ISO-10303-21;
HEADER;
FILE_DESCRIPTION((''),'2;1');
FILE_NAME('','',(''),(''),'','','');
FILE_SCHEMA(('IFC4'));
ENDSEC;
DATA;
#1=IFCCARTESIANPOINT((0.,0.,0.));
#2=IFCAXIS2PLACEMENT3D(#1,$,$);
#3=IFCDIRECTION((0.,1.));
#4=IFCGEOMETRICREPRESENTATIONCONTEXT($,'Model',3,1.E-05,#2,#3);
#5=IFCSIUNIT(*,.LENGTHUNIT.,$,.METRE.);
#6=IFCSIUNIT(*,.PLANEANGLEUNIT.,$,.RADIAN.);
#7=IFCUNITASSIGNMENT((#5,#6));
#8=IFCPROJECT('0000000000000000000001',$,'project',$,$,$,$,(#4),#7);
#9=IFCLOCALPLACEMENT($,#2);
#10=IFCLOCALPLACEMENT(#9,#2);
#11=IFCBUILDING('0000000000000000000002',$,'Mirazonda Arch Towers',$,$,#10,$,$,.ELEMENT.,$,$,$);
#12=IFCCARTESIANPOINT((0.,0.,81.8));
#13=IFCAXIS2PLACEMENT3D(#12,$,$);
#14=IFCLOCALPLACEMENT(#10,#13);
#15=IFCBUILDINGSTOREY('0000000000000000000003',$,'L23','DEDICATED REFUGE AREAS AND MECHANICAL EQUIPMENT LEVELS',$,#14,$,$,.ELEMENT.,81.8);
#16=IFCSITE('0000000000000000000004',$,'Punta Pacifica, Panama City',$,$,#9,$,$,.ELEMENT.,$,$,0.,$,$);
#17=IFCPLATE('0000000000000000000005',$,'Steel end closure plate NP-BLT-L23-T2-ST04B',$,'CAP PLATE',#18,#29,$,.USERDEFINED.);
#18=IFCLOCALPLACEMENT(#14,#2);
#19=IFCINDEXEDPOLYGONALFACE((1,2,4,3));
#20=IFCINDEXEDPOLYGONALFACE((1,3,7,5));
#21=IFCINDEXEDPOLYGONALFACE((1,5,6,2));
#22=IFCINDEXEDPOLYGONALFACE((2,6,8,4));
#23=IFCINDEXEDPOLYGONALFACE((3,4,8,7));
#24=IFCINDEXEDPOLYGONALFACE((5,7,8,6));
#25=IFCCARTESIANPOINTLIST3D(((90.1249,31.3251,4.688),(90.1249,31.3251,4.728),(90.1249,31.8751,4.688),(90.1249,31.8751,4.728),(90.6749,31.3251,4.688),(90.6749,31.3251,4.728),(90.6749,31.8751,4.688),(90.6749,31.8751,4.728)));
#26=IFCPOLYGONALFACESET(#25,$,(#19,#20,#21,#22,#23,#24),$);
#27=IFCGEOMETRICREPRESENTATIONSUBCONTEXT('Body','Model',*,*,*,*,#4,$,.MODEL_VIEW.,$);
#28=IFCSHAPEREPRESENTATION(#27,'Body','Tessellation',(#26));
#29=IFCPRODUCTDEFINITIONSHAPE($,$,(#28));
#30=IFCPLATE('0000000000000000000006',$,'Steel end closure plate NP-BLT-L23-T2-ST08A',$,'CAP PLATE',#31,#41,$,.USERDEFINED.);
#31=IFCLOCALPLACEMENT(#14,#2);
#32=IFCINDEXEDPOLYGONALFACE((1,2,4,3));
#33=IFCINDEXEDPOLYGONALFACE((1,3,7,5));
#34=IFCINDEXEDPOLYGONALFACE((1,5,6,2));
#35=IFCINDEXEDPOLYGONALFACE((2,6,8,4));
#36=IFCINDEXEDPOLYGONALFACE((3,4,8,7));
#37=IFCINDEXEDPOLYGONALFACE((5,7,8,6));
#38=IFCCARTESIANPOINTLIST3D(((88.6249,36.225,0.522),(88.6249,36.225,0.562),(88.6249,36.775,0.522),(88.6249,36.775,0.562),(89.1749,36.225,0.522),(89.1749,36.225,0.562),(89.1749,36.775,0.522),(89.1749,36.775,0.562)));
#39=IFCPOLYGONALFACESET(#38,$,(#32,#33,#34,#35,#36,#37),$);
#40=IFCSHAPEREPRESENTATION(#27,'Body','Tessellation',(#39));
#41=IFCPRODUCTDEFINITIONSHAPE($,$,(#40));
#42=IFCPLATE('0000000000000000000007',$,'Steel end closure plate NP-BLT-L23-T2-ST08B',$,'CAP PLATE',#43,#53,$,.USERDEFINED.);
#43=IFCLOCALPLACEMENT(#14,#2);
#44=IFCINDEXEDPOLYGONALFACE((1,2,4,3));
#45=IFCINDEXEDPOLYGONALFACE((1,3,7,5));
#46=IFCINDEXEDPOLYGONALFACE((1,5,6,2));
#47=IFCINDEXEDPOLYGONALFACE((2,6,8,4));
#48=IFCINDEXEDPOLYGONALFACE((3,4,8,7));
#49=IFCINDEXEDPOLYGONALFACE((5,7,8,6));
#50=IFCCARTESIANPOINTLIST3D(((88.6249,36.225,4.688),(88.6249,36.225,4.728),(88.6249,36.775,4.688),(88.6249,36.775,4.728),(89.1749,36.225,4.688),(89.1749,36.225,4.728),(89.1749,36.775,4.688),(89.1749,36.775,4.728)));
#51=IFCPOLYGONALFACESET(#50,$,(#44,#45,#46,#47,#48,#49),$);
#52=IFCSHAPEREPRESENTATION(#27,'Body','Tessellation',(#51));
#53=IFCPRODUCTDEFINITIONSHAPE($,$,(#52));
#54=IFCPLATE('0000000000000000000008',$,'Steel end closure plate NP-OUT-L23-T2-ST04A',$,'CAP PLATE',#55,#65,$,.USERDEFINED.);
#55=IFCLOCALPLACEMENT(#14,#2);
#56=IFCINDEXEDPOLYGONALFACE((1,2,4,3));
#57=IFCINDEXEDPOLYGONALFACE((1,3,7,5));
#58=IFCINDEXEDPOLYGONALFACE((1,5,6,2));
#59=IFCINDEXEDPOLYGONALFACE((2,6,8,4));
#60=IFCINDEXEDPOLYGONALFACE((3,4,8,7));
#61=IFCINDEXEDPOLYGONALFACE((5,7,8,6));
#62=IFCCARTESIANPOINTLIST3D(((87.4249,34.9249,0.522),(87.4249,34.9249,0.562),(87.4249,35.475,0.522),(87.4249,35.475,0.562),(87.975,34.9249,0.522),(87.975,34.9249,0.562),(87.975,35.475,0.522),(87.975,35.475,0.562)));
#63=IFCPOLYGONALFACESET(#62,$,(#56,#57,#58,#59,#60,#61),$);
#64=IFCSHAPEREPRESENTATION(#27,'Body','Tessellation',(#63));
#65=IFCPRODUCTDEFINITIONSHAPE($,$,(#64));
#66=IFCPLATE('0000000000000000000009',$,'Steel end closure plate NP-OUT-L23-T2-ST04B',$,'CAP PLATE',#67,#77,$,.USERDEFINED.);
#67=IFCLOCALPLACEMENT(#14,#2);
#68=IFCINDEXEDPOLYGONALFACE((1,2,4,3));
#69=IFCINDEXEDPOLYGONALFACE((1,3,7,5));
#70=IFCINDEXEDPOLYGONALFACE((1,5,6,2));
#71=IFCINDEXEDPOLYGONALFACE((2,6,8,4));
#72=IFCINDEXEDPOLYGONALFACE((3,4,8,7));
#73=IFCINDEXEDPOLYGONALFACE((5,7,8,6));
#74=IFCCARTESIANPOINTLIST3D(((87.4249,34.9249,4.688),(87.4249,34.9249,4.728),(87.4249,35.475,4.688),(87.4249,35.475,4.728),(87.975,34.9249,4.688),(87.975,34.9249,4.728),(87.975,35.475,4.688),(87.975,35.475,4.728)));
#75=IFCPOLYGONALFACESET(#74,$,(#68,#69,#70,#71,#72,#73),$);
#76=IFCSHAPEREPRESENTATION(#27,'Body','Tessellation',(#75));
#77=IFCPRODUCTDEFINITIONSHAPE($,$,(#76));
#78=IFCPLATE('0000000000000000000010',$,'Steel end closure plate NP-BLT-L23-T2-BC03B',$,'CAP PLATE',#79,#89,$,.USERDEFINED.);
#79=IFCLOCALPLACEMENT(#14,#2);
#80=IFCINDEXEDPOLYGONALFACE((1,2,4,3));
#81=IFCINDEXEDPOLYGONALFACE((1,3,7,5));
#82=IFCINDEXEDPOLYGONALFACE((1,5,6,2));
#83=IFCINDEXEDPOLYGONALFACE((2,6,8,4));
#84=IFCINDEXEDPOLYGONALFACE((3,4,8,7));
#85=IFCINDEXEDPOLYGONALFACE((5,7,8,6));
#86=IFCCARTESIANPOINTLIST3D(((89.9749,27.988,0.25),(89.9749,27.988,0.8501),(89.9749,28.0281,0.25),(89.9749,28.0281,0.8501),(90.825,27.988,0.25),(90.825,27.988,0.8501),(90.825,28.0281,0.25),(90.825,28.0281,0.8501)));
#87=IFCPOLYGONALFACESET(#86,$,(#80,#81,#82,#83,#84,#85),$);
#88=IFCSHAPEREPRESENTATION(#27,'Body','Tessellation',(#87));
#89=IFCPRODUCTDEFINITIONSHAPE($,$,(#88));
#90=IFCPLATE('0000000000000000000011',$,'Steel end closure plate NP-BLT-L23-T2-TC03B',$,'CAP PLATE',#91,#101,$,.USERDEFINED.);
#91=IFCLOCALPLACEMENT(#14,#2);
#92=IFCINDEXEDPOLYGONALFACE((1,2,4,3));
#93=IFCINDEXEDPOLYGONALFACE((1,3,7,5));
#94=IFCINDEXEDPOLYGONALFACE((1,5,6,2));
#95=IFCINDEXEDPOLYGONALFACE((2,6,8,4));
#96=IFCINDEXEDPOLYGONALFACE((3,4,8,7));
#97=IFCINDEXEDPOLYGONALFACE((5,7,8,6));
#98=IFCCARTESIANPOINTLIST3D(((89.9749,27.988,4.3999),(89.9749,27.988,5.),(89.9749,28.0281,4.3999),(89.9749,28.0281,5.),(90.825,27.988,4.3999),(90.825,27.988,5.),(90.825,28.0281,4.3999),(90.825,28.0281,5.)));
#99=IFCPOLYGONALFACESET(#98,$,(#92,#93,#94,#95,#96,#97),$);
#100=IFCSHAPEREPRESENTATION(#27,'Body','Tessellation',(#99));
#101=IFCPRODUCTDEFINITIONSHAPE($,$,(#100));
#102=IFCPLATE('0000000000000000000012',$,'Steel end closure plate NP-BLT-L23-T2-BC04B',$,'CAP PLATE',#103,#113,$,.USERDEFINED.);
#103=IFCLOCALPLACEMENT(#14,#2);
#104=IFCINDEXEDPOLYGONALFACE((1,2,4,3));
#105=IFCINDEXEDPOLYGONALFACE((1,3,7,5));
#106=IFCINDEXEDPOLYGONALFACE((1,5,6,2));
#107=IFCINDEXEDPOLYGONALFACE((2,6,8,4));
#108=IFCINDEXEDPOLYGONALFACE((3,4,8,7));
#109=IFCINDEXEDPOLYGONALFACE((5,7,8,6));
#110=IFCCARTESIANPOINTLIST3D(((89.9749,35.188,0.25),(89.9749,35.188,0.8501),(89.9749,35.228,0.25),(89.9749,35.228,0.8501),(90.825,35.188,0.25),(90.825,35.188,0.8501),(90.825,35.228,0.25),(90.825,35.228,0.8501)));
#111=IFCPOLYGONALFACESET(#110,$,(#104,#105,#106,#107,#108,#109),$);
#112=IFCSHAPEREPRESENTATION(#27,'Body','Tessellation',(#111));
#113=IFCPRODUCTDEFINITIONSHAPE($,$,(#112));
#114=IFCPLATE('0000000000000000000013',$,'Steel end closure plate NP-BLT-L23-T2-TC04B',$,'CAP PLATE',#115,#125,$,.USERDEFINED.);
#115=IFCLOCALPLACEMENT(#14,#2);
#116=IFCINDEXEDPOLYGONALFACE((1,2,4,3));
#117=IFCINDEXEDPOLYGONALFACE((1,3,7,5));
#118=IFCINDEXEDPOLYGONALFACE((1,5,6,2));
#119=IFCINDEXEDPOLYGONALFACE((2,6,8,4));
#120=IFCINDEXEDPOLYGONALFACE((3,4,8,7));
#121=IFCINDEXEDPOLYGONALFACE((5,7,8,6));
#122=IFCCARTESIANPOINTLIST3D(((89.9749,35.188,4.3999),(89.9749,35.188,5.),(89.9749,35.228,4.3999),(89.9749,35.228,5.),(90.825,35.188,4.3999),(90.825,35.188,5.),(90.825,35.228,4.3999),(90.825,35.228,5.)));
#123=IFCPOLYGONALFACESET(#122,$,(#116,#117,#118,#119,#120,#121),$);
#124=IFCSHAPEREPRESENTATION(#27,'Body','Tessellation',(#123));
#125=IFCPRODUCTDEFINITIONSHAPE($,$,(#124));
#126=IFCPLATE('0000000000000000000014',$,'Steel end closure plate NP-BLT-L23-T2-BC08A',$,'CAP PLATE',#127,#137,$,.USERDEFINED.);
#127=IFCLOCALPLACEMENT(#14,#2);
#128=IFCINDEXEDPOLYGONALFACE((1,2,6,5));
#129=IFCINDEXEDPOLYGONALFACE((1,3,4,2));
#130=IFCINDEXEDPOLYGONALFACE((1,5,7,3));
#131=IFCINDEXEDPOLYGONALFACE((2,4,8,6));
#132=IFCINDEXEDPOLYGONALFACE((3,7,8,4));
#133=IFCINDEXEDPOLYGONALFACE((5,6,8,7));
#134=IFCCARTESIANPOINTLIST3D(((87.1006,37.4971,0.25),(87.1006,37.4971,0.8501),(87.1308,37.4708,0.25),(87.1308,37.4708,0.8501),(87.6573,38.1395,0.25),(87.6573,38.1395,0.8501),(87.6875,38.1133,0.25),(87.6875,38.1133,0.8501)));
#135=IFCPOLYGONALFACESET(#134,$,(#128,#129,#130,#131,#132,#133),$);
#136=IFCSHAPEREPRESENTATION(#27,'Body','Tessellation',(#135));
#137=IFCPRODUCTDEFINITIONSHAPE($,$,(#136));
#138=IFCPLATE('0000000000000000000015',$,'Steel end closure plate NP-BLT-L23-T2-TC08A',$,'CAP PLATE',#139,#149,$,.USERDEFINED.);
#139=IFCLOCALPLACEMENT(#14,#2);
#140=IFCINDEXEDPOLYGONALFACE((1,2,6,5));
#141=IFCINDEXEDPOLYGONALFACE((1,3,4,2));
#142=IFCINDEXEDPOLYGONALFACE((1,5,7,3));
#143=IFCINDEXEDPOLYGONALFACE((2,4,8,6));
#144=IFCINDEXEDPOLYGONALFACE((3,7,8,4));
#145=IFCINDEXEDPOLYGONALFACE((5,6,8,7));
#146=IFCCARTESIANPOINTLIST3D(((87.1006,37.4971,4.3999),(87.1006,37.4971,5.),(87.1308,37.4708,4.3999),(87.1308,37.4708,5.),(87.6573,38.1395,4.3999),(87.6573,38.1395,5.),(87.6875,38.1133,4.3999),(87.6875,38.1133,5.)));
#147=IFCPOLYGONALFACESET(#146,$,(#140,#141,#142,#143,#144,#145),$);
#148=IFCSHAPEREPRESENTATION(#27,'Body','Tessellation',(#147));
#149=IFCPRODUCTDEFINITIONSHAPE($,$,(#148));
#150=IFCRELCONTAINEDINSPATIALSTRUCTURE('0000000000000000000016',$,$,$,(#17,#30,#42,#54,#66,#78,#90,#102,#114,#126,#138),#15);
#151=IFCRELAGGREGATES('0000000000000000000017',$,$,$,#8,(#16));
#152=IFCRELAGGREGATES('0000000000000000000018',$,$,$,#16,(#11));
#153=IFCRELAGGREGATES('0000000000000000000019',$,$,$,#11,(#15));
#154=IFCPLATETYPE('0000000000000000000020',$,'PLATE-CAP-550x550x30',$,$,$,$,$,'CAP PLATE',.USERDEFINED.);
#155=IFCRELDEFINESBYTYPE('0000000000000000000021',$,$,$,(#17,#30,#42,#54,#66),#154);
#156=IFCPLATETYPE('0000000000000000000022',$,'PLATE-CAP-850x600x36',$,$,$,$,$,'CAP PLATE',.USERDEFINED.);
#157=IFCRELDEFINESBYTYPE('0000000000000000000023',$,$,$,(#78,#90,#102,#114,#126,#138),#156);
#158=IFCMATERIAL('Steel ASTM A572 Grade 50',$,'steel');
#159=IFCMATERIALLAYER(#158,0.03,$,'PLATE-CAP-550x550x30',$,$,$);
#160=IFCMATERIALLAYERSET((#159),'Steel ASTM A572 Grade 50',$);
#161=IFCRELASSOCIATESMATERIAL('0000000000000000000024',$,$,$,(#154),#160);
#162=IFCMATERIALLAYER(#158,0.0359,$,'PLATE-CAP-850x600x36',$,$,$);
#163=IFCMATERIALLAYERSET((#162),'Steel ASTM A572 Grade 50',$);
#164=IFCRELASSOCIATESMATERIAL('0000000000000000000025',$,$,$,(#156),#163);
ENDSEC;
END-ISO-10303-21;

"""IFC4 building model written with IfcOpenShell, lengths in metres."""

from ifc_helpers import new_model, si_unit, direction, frame, origin, origin_2d, place, context, subcontext, project, spatial, rectangle, extrude, material, layer, layer_set, type_object, element, save


model = new_model("IFC4")

# Units and contexts
model_context = context("Model", 3, precision=1e-05, world=origin(), true_north=direction((0.0, 1.0)))
body_context = subcontext(model_context, "Body", "Model", "MODEL_VIEW")
ifc_project = project(units=[si_unit("LENGTHUNIT", "METRE"), si_unit("PLANEANGLEUNIT", "RADIAN")], contexts=[model_context])

# Site, building, storey
site_placement = place(None, origin())
site = spatial("IfcSite", under=ifc_project, at=site_placement, Name="Punta Pacifica, Panama City", CompositionType="ELEMENT", RefElevation=0.0)
building_placement = place(site_placement, origin())
building = spatial("IfcBuilding", under=site, at=building_placement, Name="Mirazonda Arch Towers", CompositionType="ELEMENT")
storey_placement = place(building_placement, frame((0.0, 0.0, 81.8)))
storey = spatial("IfcBuildingStorey", under=building, at=storey_placement, Name="L23", Description="DEDICATED REFUGE AREAS AND MECHANICAL EQUIPMENT LEVELS", CompositionType="ELEMENT", Elevation=81.8)

# Shared definitions
ifc_material_1 = material(Name="Steel ASTM A572 Grade 50", Category="steel")

# Plates
ifc_layer_1 = layer(ifc_material_1, 0.03, Name="PLATE-CAP-550x550x30")
ifc_layer_set_1 = layer_set([ifc_layer_1], Name="Steel ASTM A572 Grade 50")
plate_type_1 = type_object("IfcPlateType", Name="PLATE-CAP-550x550x30", ElementType="CAP PLATE", PredefinedType="USERDEFINED", material=ifc_layer_set_1)
for number, where, z_axis, x_axis, name in (
    (1, (90.3999, 31.6001, 4.688), (0.0, 0.0, 1.0), (1.0, 0.0, 0.0), "Steel end closure plate NP-BLT-L23-T2-ST04B"),
    (2, (88.8999, 36.5, 0.522), (0.0, 0.0, 1.0), (1.0, 0.0, 0.0), "Steel end closure plate NP-BLT-L23-T2-ST08A"),
    (3, (88.8999, 36.5, 4.688), (0.0, 0.0, 1.0), (1.0, 0.0, 0.0), "Steel end closure plate NP-BLT-L23-T2-ST08B"),
    (4, (87.7, 35.2, 0.522), (0.0, 0.0, 1.0), (1.0, 0.0, 0.0), "Steel end closure plate NP-OUT-L23-T2-ST04A"),
    (5, (87.7, 35.2, 4.688), (0.0, 0.0, 1.0), (1.0, 0.0, 0.0), "Steel end closure plate NP-OUT-L23-T2-ST04B"),
):
    element("IfcPlate", number, at=place(storey_placement, frame(where, z_axis=z_axis, x_axis=x_axis)), inside=storey, type_object=plate_type_1, Name=name, ObjectType="CAP PLATE", PredefinedType="USERDEFINED", context=body_context, shape_type="SweptSolid", body=[
        extrude(rectangle(XDim=0.55, YDim=0.55, at=origin_2d()), origin(), (0.0, 0.0, 1.0), 0.04),
    ])
ifc_layer_2 = layer(ifc_material_1, 0.0359, Name="PLATE-CAP-850x600x36")
ifc_layer_set_2 = layer_set([ifc_layer_2], Name="Steel ASTM A572 Grade 50")
plate_type_2 = type_object("IfcPlateType", Name="PLATE-CAP-850x600x36", ElementType="CAP PLATE", PredefinedType="USERDEFINED", material=ifc_layer_set_2)
for number, where, z_axis, x_axis, name in (
    (6, (90.3999, 28.0081, 0.25), (0.0, 0.0, 1.0), (0.0, 1.0, 0.0), "Steel end closure plate NP-BLT-L23-T2-BC03B"),
    (7, (90.3999, 28.0081, 4.3999), (0.0, 0.0, 1.0), (0.0, 1.0, 0.0), "Steel end closure plate NP-BLT-L23-T2-TC03B"),
    (8, (90.3999, 35.208, 0.25), (0.0, 0.0, 1.0), (0.0, 1.0, 0.0), "Steel end closure plate NP-BLT-L23-T2-BC04B"),
    (9, (90.3999, 35.208, 4.3999), (0.0, 0.0, 1.0), (0.0, 1.0, 0.0), "Steel end closure plate NP-BLT-L23-T2-TC04B"),
    (10, (87.394, 37.8052, 0.25), (0.0, 0.0, 1.0), (-0.755739, 0.654873, 0.0), "Steel end closure plate NP-BLT-L23-T2-BC08A"),
    (11, (87.394, 37.8052, 4.3999), (0.0, 0.0, 1.0), (-0.755739, 0.654873, 0.0), "Steel end closure plate NP-BLT-L23-T2-TC08A"),
):
    element("IfcPlate", number, at=place(storey_placement, frame(where, z_axis=z_axis, x_axis=x_axis)), inside=storey, type_object=plate_type_2, Name=name, ObjectType="CAP PLATE", PredefinedType="USERDEFINED", context=body_context, shape_type="SweptSolid", body=[
        extrude(rectangle(XDim=0.04, YDim=0.8501, at=origin_2d()), origin(), (0.0, 0.0, 1.0), 0.6001),
    ])

save(model, "model.ifc")
